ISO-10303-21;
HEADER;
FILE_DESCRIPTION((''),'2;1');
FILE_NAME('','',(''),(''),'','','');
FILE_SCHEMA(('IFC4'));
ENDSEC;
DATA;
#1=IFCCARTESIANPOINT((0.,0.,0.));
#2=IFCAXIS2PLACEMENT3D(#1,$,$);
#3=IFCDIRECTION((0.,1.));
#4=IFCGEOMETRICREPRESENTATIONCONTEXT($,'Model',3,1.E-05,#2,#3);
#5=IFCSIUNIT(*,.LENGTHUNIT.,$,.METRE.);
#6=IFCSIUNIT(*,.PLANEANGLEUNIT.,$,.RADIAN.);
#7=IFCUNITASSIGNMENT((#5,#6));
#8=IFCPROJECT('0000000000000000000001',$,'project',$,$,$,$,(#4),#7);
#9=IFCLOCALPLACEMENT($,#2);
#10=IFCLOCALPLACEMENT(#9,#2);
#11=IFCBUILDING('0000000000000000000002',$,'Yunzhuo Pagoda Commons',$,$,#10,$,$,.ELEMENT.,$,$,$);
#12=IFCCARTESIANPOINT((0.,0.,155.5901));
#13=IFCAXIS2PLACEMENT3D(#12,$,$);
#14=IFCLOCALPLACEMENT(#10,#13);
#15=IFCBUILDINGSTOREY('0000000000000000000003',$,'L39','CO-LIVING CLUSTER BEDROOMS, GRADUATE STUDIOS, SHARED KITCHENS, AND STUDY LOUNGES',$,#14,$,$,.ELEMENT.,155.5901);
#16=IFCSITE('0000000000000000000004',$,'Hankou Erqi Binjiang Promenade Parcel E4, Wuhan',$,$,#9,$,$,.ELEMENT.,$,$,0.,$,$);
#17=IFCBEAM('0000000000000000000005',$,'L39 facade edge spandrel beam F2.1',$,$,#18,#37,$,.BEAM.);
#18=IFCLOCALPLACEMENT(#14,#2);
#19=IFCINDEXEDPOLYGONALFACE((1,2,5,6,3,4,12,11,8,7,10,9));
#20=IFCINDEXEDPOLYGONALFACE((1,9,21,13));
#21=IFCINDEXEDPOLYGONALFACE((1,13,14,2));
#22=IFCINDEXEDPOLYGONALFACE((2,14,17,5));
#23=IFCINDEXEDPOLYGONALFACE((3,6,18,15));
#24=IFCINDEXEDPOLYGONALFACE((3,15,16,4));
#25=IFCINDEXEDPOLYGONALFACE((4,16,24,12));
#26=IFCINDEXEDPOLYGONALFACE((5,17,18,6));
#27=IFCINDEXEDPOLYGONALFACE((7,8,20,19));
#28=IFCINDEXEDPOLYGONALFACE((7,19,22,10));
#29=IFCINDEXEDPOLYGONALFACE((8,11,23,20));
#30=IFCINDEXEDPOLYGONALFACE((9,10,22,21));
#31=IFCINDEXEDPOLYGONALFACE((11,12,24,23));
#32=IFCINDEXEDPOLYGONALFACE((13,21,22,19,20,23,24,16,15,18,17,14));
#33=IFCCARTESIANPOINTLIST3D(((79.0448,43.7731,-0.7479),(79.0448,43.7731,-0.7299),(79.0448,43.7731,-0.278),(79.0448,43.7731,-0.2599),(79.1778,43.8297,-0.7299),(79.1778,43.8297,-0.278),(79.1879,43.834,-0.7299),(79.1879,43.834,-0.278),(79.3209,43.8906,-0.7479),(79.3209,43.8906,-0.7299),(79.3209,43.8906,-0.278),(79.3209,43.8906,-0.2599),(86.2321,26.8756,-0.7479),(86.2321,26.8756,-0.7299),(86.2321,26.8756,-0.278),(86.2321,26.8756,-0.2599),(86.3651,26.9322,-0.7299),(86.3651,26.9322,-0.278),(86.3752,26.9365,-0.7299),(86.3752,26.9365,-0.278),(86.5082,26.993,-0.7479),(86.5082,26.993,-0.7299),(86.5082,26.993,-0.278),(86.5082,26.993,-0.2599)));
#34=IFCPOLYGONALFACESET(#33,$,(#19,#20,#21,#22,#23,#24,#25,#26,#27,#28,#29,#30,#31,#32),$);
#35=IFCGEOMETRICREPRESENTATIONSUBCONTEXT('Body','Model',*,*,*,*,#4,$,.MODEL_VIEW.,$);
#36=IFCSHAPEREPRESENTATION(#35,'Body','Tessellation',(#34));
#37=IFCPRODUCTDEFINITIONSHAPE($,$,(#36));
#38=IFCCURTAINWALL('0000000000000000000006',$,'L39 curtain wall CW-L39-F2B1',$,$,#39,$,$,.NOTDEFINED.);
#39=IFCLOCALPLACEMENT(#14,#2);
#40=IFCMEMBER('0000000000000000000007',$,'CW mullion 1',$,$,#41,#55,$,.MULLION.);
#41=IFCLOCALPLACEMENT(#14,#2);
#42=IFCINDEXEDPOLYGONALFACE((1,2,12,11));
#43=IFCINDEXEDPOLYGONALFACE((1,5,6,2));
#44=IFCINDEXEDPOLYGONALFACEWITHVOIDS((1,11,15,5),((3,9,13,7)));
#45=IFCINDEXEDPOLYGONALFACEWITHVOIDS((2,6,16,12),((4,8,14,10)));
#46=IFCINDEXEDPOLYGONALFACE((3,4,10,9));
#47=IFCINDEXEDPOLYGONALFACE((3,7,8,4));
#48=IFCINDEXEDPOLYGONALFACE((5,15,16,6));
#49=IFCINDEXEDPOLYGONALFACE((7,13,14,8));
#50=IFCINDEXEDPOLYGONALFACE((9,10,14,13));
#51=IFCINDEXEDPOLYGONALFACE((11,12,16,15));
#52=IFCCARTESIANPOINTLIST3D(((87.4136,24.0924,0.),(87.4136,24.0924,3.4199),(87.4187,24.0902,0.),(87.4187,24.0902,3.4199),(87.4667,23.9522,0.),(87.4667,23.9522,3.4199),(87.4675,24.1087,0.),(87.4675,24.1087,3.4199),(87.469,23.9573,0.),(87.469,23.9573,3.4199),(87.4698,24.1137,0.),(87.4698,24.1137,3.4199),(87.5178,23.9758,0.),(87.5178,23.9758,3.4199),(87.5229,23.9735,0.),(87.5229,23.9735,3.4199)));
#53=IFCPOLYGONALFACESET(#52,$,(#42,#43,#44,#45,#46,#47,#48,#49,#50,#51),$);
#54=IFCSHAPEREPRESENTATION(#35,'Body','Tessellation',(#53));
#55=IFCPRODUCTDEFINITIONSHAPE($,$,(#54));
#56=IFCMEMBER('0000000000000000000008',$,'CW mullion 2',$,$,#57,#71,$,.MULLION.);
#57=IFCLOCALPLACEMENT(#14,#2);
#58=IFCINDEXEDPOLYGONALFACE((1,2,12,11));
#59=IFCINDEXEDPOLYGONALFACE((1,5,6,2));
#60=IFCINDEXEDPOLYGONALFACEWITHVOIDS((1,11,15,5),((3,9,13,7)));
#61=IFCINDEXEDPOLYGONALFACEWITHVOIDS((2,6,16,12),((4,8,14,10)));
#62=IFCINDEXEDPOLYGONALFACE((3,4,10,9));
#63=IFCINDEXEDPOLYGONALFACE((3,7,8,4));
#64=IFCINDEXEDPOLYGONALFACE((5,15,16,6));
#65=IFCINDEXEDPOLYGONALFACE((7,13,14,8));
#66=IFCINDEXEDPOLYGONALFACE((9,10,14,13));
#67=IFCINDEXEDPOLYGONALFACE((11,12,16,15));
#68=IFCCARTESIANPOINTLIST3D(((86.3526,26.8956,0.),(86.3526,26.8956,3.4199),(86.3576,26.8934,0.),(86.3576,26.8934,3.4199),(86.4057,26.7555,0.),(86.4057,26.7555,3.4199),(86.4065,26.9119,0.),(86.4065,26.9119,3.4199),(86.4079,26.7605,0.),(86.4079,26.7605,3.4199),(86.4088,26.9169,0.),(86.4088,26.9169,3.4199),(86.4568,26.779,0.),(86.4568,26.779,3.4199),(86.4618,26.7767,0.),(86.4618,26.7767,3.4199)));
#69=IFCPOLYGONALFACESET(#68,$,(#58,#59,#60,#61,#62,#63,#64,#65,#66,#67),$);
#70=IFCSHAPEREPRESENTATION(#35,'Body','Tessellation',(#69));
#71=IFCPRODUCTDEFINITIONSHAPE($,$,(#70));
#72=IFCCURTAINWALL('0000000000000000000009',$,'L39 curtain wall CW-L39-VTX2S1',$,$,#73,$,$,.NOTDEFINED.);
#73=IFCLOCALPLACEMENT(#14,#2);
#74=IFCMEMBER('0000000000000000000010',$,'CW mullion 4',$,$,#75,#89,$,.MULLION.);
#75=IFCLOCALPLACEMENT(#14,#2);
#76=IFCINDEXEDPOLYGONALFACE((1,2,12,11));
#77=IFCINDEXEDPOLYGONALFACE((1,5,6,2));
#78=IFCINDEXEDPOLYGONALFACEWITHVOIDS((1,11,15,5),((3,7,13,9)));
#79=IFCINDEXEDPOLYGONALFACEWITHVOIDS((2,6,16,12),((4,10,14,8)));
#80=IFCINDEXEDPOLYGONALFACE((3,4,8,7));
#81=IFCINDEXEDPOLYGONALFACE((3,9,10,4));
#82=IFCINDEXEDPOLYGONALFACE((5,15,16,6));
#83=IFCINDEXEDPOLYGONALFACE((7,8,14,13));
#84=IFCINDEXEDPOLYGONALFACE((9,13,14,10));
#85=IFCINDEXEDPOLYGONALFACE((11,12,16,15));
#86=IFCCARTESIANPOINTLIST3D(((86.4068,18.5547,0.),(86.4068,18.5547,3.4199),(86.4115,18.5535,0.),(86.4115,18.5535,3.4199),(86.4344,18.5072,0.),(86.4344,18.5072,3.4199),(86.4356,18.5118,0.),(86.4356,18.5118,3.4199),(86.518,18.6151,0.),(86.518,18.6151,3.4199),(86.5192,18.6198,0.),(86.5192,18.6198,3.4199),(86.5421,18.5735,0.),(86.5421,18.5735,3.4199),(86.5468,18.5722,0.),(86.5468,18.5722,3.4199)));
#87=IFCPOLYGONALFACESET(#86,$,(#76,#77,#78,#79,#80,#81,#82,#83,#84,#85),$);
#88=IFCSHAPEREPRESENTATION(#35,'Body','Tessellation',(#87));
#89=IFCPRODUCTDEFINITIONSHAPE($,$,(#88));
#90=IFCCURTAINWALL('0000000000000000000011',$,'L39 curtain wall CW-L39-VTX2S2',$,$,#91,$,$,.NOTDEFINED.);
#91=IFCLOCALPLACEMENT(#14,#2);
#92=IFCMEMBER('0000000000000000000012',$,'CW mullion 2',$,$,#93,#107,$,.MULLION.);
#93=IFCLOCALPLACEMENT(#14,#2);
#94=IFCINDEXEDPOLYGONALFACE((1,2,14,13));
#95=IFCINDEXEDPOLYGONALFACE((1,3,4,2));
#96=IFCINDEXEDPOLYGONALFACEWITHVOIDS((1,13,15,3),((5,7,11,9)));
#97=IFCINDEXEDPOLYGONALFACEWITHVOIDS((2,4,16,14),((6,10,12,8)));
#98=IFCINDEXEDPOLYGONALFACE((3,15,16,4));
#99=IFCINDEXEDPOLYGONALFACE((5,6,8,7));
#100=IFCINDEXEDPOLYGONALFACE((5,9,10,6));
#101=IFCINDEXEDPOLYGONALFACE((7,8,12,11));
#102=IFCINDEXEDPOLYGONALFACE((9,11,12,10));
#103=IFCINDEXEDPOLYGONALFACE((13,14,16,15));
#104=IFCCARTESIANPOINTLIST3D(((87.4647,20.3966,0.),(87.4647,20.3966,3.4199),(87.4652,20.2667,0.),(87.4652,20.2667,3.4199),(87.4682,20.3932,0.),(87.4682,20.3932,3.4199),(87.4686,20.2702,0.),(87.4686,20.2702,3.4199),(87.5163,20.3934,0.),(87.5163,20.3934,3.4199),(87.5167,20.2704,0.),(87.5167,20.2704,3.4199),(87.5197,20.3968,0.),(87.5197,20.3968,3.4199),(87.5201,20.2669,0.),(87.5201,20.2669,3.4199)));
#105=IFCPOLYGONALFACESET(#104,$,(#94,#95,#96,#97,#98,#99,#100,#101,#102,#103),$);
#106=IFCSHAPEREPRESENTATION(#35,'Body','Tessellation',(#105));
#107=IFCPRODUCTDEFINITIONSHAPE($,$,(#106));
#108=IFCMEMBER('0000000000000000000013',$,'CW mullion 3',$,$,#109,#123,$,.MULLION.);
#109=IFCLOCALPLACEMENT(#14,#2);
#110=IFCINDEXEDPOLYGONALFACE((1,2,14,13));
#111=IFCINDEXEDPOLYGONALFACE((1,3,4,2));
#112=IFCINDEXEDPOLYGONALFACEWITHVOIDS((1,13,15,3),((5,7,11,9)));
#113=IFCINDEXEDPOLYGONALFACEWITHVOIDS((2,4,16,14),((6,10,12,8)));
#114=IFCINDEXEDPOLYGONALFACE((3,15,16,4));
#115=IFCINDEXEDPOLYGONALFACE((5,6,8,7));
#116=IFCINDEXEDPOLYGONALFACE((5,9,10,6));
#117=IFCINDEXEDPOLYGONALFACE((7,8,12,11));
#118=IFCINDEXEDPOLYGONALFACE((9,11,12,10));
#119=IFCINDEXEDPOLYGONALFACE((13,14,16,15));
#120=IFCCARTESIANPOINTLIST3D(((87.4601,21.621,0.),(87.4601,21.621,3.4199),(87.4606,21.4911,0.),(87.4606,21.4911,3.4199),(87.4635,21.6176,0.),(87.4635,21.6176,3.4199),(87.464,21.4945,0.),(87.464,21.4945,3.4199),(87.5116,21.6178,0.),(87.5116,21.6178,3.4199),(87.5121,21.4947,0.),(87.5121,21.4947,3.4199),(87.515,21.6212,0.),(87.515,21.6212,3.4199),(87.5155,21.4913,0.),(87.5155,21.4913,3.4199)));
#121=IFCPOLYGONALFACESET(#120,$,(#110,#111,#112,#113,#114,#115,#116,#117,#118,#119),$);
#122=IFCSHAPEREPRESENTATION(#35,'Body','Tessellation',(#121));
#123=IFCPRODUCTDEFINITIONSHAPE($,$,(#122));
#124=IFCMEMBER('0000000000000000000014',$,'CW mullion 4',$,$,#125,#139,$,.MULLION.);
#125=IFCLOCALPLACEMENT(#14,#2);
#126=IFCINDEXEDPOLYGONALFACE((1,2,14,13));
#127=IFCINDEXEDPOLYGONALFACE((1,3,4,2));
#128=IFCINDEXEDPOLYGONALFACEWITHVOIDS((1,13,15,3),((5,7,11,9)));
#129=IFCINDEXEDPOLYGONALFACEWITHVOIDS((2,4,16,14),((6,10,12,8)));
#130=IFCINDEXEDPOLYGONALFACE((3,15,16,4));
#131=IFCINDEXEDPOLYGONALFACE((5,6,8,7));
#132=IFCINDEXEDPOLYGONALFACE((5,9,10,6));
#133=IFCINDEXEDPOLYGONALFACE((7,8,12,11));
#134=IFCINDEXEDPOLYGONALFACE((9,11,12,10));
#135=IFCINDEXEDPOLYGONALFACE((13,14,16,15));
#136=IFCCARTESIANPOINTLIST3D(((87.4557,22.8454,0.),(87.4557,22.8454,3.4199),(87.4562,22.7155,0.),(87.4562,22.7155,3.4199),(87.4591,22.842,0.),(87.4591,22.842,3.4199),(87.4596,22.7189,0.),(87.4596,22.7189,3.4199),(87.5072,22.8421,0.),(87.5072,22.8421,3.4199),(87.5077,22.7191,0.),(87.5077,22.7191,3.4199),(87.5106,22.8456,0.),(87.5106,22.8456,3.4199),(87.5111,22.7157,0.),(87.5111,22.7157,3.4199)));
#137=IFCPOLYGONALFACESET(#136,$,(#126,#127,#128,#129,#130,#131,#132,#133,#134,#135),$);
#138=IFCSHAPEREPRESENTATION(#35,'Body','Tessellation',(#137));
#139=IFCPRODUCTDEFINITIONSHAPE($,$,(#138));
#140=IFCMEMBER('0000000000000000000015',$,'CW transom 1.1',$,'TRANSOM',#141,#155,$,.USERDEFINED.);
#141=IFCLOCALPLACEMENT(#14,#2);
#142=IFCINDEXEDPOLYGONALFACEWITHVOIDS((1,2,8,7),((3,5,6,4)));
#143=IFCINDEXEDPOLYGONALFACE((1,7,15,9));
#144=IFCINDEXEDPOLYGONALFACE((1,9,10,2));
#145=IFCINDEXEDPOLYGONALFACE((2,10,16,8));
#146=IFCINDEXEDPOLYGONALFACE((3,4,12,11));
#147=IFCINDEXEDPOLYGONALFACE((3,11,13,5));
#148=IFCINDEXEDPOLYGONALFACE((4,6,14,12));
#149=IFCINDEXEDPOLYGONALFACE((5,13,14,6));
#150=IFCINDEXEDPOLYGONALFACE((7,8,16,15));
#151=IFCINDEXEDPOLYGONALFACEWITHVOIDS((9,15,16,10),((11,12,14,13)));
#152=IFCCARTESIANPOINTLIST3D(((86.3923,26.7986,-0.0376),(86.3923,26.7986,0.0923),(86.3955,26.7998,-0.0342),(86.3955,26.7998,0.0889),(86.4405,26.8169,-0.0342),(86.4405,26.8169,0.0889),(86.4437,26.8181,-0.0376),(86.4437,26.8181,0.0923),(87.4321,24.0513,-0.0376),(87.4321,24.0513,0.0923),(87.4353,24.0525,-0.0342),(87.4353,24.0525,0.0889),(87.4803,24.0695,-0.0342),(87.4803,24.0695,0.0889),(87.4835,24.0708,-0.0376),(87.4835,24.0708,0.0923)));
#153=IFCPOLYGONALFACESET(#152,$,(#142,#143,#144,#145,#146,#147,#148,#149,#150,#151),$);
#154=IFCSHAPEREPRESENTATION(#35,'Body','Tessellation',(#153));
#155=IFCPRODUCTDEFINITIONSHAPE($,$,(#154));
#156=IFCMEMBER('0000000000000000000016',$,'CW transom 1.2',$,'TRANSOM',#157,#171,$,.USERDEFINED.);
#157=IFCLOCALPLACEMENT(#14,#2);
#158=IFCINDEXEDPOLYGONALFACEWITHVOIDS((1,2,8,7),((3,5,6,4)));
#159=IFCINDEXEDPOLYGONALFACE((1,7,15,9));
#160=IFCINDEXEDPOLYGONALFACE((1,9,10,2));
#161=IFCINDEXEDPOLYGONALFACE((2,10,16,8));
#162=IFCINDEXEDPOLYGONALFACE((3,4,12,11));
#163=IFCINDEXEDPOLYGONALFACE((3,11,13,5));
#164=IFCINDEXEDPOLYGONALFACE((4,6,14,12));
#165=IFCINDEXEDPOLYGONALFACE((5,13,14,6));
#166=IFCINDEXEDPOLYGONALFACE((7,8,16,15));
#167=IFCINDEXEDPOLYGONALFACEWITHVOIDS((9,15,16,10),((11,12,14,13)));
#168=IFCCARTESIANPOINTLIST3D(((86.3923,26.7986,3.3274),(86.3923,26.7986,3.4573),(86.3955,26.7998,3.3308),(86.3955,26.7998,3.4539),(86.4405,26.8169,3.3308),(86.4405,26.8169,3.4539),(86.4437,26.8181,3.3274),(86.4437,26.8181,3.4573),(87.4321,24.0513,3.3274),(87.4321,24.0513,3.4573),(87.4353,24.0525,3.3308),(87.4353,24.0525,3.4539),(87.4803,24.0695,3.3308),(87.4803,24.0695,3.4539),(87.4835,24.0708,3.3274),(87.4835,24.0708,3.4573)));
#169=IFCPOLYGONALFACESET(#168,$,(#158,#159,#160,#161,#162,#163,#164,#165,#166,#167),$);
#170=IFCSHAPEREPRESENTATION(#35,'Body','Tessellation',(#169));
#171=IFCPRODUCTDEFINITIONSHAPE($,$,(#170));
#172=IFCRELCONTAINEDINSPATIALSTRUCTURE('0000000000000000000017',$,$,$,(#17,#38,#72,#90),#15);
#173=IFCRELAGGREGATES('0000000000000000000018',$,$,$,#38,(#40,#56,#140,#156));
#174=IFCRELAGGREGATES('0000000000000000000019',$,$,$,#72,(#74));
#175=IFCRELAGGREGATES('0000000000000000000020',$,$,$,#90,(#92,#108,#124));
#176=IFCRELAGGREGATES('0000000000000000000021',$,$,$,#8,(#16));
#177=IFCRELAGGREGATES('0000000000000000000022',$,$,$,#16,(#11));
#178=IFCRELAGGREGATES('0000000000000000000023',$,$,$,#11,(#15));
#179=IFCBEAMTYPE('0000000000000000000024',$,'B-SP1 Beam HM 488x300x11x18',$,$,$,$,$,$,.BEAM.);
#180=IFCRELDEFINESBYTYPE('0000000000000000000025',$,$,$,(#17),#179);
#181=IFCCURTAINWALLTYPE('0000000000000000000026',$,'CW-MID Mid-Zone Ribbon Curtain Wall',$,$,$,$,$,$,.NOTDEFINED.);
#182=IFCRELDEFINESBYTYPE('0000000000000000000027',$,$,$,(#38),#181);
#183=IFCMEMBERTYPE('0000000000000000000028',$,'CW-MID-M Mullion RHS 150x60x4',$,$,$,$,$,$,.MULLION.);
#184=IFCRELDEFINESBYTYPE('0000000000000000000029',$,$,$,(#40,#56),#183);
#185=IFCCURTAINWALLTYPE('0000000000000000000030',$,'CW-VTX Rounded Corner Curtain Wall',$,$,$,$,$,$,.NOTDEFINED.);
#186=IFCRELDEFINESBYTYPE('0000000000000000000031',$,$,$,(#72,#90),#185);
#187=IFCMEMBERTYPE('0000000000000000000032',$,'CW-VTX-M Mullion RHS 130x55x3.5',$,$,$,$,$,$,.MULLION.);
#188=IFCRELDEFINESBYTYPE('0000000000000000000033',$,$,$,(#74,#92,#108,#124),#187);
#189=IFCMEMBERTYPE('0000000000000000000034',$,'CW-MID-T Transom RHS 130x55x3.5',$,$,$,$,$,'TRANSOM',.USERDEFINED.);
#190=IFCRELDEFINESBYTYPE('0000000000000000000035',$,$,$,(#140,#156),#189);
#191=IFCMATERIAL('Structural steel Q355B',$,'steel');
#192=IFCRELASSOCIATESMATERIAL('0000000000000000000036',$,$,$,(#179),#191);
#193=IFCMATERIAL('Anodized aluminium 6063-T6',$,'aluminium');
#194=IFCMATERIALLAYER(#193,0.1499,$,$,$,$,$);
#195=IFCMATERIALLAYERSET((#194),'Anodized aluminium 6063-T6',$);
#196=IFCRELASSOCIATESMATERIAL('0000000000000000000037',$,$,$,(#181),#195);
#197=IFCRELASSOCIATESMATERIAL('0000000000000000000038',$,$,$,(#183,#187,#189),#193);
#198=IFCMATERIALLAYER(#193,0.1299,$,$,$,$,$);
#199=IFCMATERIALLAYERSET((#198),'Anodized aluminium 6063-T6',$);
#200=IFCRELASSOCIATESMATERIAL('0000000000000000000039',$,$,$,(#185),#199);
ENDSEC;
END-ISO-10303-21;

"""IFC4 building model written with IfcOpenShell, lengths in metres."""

from ifc_helpers import new_model, si_unit, direction, frame, origin, origin_2d, place, context, subcontext, project, spatial, hollow_rectangle, i_section, extrude, source, transform, mapped, material, layer, layer_set, material_profile, profile_set, type_object, element, aggregate, save


model = new_model("IFC4")

# Units and contexts
model_context = context("Model", 3, precision=1e-05, world=origin(), true_north=direction((0.0, 1.0)))
body_context = subcontext(model_context, "Body", "Model", "MODEL_VIEW")
ifc_project = project(units=[si_unit("LENGTHUNIT", "METRE"), si_unit("PLANEANGLEUNIT", "RADIAN")], contexts=[model_context])

# Site, building, storey
site_placement = place(None, origin())
site = spatial("IfcSite", under=ifc_project, at=site_placement, Name="Hankou Erqi Binjiang Promenade Parcel E4, Wuhan", CompositionType="ELEMENT", RefElevation=0.0)
building_placement = place(site_placement, origin())
building = spatial("IfcBuilding", under=site, at=building_placement, Name="Yunzhuo Pagoda Commons", CompositionType="ELEMENT")
storey_placement = place(building_placement, frame((0.0, 0.0, 155.5901)))
storey = spatial("IfcBuildingStorey", under=building, at=storey_placement, Name="L39", Description="CO-LIVING CLUSTER BEDROOMS, GRADUATE STUDIOS, SHARED KITCHENS, AND STUDY LOUNGES", CompositionType="ELEMENT", Elevation=155.5901)

# Beam
ifc_material_1 = material(Name="Structural steel Q355B", Category="steel")
ifc_material_profile_1 = material_profile(ifc_material_1, i_section(OverallWidth=0.3, OverallDepth=0.488, WebThickness=0.011, FlangeThickness=0.0181, at=origin_2d()), Name="Structural steel Q355B")
ifc_profile_set_1 = profile_set([ifc_material_profile_1], Name="Structural steel Q355B")
beam_type = type_object("IfcBeamType", Name="B-SP1 Beam HM 488x300x11x18", PredefinedType="BEAM", material=ifc_profile_set_1)
shared_shape_1 = source(origin(), body_context, "Body", "SweptSolid", [
    extrude(i_section(OverallWidth=0.3, OverallDepth=0.488, WebThickness=0.011, FlangeThickness=0.0181, at=origin_2d()), origin(), (0.0, 0.0, 1.0), 18.3625),
])
beam_placement = place(storey_placement, frame((86.3701, 26.9343, -0.5039), z_axis=(-0.39141, 0.920216, 0.0), x_axis=(-0.920216, -0.39141, 0.0)))
element("IfcBeam", 1, at=beam_placement, inside=storey, type_object=beam_type, Name="L39 facade edge spandrel beam F2.1", PredefinedType="BEAM", context=body_context, shape_type="MappedRepresentation", body=[
    mapped(shared_shape_1, transform((0.0, 0.0, 0.0), scale=1.0)),
])

# Curtain wall, members
ifc_material_2 = material(Name="Anodized aluminium 6063-T6", Category="aluminium")
ifc_layer_1 = layer(ifc_material_2, 0.1499)
ifc_layer_set_1 = layer_set([ifc_layer_1], Name="Anodized aluminium 6063-T6")
curtain_wall_type_1 = type_object("IfcCurtainWallType", Name="CW-MID Mid-Zone Ribbon Curtain Wall", PredefinedType="NOTDEFINED", material=ifc_layer_set_1)
curtain_wall_1_placement = place(storey_placement, origin())
curtain_wall_1 = element("IfcCurtainWall", 2, at=curtain_wall_1_placement, inside=storey, type_object=curtain_wall_type_1, Name="L39 curtain wall CW-L39-F2B1", PredefinedType="NOTDEFINED")
ifc_material_profile_2 = material_profile(ifc_material_2, hollow_rectangle(XDim=0.0601, YDim=0.1499, WallThickness=0.0039, at=origin_2d()), Name="Anodized aluminium 6063-T6")
ifc_profile_set_2 = profile_set([ifc_material_profile_2], Name="Anodized aluminium 6063-T6")
member_type_1 = type_object("IfcMemberType", Name="CW-MID-M Mullion RHS 150x60x4", PredefinedType="MULLION", material=ifc_profile_set_2)
shared_shape_2 = source(origin(), body_context, "Body", "SweptSolid", [
    extrude(hollow_rectangle(XDim=0.0601, YDim=0.1499, WallThickness=0.0039, at=origin_2d()), origin(), (0.0, 0.0, 1.0), 3.4199),
])
member_1_placement = place(storey_placement, frame((87.4683, 24.033, 0.0), z_axis=(0.0, 0.0, 1.0), x_axis=(-0.935247, -0.353996, 0.0)))
member_1 = element("IfcMember", 3, at=member_1_placement, type_object=member_type_1, Name="CW mullion 1", PredefinedType="MULLION", context=body_context, shape_type="MappedRepresentation", body=[
    mapped(shared_shape_2, transform((0.0, 0.0, 0.0), scale=1.0)),
])
member_2_placement = place(storey_placement, frame((86.4072, 26.8362, 0.0), z_axis=(0.0, 0.0, 1.0), x_axis=(-0.935247, -0.353996, 0.0)))
member_2 = element("IfcMember", 4, at=member_2_placement, type_object=member_type_1, Name="CW mullion 2", PredefinedType="MULLION", context=body_context, shape_type="MappedRepresentation", body=[
    mapped(shared_shape_2, transform((0.0, 0.0, 0.0), scale=1.0)),
])

# Curtain wall, member
ifc_layer_2 = layer(ifc_material_2, 0.1299)
ifc_layer_set_2 = layer_set([ifc_layer_2], Name="Anodized aluminium 6063-T6")
curtain_wall_type_2 = type_object("IfcCurtainWallType", Name="CW-VTX Rounded Corner Curtain Wall", PredefinedType="NOTDEFINED", material=ifc_layer_set_2)
curtain_wall_2_placement = place(storey_placement, origin())
curtain_wall_2 = element("IfcCurtainWall", 5, at=curtain_wall_2_placement, inside=storey, type_object=curtain_wall_type_2, Name="L39 curtain wall CW-L39-VTX2S1", PredefinedType="NOTDEFINED")
ifc_material_profile_3 = material_profile(ifc_material_2, hollow_rectangle(XDim=0.0549, YDim=0.1299, WallThickness=0.0034, at=origin_2d()), Name="Anodized aluminium 6063-T6")
ifc_profile_set_3 = profile_set([ifc_material_profile_3], Name="Anodized aluminium 6063-T6")
member_type_2 = type_object("IfcMemberType", Name="CW-VTX-M Mullion RHS 130x55x3.5", PredefinedType="MULLION", material=ifc_profile_set_3)
shared_shape_3 = source(origin(), body_context, "Body", "SweptSolid", [
    extrude(hollow_rectangle(XDim=0.0549, YDim=0.1299, WallThickness=0.0034, at=origin_2d()), origin(), (0.0, 0.0, 1.0), 3.4199),
])
member_3_placement = place(storey_placement, frame((86.4768, 18.5635, 0.0), z_axis=(0.0, 0.0, 1.0), x_axis=(-0.501035, 0.865427, 0.0)))
member_3 = element("IfcMember", 6, at=member_3_placement, type_object=member_type_2, Name="CW mullion 4", PredefinedType="MULLION", context=body_context, shape_type="MappedRepresentation", body=[
    mapped(shared_shape_3, transform((0.0, 0.0, 0.0), scale=1.0)),
])

# Curtain wall, members
curtain_wall_3_placement = place(storey_placement, origin())
curtain_wall_3 = element("IfcCurtainWall", 7, at=curtain_wall_3_placement, inside=storey, type_object=curtain_wall_type_2, Name="L39 curtain wall CW-L39-VTX2S2", PredefinedType="NOTDEFINED")
member_4_placement = place(storey_placement, frame((87.4924, 20.3318, 0.0), z_axis=(0.0, 0.0, 1.0), x_axis=(-0.999994, -0.003594, 0.0)))
member_4 = element("IfcMember", 8, at=member_4_placement, type_object=member_type_2, Name="CW mullion 2", PredefinedType="MULLION", context=body_context, shape_type="MappedRepresentation", body=[
    mapped(shared_shape_3, transform((0.0, 0.0, 0.0), scale=1.0)),
])
member_5_placement = place(storey_placement, frame((87.4878, 21.5562, 0.0), z_axis=(0.0, 0.0, 1.0), x_axis=(-0.999994, -0.003594, 0.0)))
member_5 = element("IfcMember", 9, at=member_5_placement, type_object=member_type_2, Name="CW mullion 3", PredefinedType="MULLION", context=body_context, shape_type="MappedRepresentation", body=[
    mapped(shared_shape_3, transform((0.0, 0.0, 0.0), scale=1.0)),
])
member_6_placement = place(storey_placement, frame((87.4834, 22.7805, 0.0), z_axis=(0.0, 0.0, 1.0), x_axis=(-0.999994, -0.003594, 0.0)))
member_6 = element("IfcMember", 10, at=member_6_placement, type_object=member_type_2, Name="CW mullion 4", PredefinedType="MULLION", context=body_context, shape_type="MappedRepresentation", body=[
    mapped(shared_shape_3, transform((0.0, 0.0, 0.0), scale=1.0)),
])

# Members
ifc_material_profile_4 = material_profile(ifc_material_2, hollow_rectangle(XDim=0.0549, YDim=0.1299, WallThickness=0.0034, at=origin_2d()), Name="Anodized aluminium 6063-T6")
ifc_profile_set_4 = profile_set([ifc_material_profile_4], Name="Anodized aluminium 6063-T6")
member_type_3 = type_object("IfcMemberType", Name="CW-MID-T Transom RHS 130x55x3.5", ElementType="TRANSOM", PredefinedType="USERDEFINED", material=ifc_profile_set_4)
shared_shape_4 = source(origin(), body_context, "Body", "SweptSolid", [
    extrude(hollow_rectangle(XDim=0.0549, YDim=0.1299, WallThickness=0.0034, at=origin_2d()), origin(), (0.0, 0.0, 1.0), 2.9375),
])
member_7_placement = place(storey_placement, frame((87.4578, 24.061, 0.0273), z_axis=(-0.353973, 0.935256, 0.0), x_axis=(-0.935256, -0.353973, 0.0)))
member_7 = element("IfcMember", 11, at=member_7_placement, type_object=member_type_3, Name="CW transom 1.1", ObjectType="TRANSOM", PredefinedType="USERDEFINED", context=body_context, shape_type="MappedRepresentation", body=[
    mapped(shared_shape_4, transform((0.0, 0.0, 0.0), scale=1.0)),
])
member_8_placement = place(storey_placement, frame((87.4578, 24.061, 3.3923), z_axis=(-0.353973, 0.935256, 0.0), x_axis=(-0.935256, -0.353973, 0.0)))
member_8 = element("IfcMember", 12, at=member_8_placement, type_object=member_type_3, Name="CW transom 1.2", ObjectType="TRANSOM", PredefinedType="USERDEFINED", context=body_context, shape_type="MappedRepresentation", body=[
    mapped(shared_shape_4, transform((0.0, 0.0, 0.0), scale=1.0)),
])

aggregate(curtain_wall_1, [member_1, member_2, member_7, member_8])
aggregate(curtain_wall_2, [member_3])
aggregate(curtain_wall_3, [member_4, member_5, member_6])

save(model, "model.ifc")
